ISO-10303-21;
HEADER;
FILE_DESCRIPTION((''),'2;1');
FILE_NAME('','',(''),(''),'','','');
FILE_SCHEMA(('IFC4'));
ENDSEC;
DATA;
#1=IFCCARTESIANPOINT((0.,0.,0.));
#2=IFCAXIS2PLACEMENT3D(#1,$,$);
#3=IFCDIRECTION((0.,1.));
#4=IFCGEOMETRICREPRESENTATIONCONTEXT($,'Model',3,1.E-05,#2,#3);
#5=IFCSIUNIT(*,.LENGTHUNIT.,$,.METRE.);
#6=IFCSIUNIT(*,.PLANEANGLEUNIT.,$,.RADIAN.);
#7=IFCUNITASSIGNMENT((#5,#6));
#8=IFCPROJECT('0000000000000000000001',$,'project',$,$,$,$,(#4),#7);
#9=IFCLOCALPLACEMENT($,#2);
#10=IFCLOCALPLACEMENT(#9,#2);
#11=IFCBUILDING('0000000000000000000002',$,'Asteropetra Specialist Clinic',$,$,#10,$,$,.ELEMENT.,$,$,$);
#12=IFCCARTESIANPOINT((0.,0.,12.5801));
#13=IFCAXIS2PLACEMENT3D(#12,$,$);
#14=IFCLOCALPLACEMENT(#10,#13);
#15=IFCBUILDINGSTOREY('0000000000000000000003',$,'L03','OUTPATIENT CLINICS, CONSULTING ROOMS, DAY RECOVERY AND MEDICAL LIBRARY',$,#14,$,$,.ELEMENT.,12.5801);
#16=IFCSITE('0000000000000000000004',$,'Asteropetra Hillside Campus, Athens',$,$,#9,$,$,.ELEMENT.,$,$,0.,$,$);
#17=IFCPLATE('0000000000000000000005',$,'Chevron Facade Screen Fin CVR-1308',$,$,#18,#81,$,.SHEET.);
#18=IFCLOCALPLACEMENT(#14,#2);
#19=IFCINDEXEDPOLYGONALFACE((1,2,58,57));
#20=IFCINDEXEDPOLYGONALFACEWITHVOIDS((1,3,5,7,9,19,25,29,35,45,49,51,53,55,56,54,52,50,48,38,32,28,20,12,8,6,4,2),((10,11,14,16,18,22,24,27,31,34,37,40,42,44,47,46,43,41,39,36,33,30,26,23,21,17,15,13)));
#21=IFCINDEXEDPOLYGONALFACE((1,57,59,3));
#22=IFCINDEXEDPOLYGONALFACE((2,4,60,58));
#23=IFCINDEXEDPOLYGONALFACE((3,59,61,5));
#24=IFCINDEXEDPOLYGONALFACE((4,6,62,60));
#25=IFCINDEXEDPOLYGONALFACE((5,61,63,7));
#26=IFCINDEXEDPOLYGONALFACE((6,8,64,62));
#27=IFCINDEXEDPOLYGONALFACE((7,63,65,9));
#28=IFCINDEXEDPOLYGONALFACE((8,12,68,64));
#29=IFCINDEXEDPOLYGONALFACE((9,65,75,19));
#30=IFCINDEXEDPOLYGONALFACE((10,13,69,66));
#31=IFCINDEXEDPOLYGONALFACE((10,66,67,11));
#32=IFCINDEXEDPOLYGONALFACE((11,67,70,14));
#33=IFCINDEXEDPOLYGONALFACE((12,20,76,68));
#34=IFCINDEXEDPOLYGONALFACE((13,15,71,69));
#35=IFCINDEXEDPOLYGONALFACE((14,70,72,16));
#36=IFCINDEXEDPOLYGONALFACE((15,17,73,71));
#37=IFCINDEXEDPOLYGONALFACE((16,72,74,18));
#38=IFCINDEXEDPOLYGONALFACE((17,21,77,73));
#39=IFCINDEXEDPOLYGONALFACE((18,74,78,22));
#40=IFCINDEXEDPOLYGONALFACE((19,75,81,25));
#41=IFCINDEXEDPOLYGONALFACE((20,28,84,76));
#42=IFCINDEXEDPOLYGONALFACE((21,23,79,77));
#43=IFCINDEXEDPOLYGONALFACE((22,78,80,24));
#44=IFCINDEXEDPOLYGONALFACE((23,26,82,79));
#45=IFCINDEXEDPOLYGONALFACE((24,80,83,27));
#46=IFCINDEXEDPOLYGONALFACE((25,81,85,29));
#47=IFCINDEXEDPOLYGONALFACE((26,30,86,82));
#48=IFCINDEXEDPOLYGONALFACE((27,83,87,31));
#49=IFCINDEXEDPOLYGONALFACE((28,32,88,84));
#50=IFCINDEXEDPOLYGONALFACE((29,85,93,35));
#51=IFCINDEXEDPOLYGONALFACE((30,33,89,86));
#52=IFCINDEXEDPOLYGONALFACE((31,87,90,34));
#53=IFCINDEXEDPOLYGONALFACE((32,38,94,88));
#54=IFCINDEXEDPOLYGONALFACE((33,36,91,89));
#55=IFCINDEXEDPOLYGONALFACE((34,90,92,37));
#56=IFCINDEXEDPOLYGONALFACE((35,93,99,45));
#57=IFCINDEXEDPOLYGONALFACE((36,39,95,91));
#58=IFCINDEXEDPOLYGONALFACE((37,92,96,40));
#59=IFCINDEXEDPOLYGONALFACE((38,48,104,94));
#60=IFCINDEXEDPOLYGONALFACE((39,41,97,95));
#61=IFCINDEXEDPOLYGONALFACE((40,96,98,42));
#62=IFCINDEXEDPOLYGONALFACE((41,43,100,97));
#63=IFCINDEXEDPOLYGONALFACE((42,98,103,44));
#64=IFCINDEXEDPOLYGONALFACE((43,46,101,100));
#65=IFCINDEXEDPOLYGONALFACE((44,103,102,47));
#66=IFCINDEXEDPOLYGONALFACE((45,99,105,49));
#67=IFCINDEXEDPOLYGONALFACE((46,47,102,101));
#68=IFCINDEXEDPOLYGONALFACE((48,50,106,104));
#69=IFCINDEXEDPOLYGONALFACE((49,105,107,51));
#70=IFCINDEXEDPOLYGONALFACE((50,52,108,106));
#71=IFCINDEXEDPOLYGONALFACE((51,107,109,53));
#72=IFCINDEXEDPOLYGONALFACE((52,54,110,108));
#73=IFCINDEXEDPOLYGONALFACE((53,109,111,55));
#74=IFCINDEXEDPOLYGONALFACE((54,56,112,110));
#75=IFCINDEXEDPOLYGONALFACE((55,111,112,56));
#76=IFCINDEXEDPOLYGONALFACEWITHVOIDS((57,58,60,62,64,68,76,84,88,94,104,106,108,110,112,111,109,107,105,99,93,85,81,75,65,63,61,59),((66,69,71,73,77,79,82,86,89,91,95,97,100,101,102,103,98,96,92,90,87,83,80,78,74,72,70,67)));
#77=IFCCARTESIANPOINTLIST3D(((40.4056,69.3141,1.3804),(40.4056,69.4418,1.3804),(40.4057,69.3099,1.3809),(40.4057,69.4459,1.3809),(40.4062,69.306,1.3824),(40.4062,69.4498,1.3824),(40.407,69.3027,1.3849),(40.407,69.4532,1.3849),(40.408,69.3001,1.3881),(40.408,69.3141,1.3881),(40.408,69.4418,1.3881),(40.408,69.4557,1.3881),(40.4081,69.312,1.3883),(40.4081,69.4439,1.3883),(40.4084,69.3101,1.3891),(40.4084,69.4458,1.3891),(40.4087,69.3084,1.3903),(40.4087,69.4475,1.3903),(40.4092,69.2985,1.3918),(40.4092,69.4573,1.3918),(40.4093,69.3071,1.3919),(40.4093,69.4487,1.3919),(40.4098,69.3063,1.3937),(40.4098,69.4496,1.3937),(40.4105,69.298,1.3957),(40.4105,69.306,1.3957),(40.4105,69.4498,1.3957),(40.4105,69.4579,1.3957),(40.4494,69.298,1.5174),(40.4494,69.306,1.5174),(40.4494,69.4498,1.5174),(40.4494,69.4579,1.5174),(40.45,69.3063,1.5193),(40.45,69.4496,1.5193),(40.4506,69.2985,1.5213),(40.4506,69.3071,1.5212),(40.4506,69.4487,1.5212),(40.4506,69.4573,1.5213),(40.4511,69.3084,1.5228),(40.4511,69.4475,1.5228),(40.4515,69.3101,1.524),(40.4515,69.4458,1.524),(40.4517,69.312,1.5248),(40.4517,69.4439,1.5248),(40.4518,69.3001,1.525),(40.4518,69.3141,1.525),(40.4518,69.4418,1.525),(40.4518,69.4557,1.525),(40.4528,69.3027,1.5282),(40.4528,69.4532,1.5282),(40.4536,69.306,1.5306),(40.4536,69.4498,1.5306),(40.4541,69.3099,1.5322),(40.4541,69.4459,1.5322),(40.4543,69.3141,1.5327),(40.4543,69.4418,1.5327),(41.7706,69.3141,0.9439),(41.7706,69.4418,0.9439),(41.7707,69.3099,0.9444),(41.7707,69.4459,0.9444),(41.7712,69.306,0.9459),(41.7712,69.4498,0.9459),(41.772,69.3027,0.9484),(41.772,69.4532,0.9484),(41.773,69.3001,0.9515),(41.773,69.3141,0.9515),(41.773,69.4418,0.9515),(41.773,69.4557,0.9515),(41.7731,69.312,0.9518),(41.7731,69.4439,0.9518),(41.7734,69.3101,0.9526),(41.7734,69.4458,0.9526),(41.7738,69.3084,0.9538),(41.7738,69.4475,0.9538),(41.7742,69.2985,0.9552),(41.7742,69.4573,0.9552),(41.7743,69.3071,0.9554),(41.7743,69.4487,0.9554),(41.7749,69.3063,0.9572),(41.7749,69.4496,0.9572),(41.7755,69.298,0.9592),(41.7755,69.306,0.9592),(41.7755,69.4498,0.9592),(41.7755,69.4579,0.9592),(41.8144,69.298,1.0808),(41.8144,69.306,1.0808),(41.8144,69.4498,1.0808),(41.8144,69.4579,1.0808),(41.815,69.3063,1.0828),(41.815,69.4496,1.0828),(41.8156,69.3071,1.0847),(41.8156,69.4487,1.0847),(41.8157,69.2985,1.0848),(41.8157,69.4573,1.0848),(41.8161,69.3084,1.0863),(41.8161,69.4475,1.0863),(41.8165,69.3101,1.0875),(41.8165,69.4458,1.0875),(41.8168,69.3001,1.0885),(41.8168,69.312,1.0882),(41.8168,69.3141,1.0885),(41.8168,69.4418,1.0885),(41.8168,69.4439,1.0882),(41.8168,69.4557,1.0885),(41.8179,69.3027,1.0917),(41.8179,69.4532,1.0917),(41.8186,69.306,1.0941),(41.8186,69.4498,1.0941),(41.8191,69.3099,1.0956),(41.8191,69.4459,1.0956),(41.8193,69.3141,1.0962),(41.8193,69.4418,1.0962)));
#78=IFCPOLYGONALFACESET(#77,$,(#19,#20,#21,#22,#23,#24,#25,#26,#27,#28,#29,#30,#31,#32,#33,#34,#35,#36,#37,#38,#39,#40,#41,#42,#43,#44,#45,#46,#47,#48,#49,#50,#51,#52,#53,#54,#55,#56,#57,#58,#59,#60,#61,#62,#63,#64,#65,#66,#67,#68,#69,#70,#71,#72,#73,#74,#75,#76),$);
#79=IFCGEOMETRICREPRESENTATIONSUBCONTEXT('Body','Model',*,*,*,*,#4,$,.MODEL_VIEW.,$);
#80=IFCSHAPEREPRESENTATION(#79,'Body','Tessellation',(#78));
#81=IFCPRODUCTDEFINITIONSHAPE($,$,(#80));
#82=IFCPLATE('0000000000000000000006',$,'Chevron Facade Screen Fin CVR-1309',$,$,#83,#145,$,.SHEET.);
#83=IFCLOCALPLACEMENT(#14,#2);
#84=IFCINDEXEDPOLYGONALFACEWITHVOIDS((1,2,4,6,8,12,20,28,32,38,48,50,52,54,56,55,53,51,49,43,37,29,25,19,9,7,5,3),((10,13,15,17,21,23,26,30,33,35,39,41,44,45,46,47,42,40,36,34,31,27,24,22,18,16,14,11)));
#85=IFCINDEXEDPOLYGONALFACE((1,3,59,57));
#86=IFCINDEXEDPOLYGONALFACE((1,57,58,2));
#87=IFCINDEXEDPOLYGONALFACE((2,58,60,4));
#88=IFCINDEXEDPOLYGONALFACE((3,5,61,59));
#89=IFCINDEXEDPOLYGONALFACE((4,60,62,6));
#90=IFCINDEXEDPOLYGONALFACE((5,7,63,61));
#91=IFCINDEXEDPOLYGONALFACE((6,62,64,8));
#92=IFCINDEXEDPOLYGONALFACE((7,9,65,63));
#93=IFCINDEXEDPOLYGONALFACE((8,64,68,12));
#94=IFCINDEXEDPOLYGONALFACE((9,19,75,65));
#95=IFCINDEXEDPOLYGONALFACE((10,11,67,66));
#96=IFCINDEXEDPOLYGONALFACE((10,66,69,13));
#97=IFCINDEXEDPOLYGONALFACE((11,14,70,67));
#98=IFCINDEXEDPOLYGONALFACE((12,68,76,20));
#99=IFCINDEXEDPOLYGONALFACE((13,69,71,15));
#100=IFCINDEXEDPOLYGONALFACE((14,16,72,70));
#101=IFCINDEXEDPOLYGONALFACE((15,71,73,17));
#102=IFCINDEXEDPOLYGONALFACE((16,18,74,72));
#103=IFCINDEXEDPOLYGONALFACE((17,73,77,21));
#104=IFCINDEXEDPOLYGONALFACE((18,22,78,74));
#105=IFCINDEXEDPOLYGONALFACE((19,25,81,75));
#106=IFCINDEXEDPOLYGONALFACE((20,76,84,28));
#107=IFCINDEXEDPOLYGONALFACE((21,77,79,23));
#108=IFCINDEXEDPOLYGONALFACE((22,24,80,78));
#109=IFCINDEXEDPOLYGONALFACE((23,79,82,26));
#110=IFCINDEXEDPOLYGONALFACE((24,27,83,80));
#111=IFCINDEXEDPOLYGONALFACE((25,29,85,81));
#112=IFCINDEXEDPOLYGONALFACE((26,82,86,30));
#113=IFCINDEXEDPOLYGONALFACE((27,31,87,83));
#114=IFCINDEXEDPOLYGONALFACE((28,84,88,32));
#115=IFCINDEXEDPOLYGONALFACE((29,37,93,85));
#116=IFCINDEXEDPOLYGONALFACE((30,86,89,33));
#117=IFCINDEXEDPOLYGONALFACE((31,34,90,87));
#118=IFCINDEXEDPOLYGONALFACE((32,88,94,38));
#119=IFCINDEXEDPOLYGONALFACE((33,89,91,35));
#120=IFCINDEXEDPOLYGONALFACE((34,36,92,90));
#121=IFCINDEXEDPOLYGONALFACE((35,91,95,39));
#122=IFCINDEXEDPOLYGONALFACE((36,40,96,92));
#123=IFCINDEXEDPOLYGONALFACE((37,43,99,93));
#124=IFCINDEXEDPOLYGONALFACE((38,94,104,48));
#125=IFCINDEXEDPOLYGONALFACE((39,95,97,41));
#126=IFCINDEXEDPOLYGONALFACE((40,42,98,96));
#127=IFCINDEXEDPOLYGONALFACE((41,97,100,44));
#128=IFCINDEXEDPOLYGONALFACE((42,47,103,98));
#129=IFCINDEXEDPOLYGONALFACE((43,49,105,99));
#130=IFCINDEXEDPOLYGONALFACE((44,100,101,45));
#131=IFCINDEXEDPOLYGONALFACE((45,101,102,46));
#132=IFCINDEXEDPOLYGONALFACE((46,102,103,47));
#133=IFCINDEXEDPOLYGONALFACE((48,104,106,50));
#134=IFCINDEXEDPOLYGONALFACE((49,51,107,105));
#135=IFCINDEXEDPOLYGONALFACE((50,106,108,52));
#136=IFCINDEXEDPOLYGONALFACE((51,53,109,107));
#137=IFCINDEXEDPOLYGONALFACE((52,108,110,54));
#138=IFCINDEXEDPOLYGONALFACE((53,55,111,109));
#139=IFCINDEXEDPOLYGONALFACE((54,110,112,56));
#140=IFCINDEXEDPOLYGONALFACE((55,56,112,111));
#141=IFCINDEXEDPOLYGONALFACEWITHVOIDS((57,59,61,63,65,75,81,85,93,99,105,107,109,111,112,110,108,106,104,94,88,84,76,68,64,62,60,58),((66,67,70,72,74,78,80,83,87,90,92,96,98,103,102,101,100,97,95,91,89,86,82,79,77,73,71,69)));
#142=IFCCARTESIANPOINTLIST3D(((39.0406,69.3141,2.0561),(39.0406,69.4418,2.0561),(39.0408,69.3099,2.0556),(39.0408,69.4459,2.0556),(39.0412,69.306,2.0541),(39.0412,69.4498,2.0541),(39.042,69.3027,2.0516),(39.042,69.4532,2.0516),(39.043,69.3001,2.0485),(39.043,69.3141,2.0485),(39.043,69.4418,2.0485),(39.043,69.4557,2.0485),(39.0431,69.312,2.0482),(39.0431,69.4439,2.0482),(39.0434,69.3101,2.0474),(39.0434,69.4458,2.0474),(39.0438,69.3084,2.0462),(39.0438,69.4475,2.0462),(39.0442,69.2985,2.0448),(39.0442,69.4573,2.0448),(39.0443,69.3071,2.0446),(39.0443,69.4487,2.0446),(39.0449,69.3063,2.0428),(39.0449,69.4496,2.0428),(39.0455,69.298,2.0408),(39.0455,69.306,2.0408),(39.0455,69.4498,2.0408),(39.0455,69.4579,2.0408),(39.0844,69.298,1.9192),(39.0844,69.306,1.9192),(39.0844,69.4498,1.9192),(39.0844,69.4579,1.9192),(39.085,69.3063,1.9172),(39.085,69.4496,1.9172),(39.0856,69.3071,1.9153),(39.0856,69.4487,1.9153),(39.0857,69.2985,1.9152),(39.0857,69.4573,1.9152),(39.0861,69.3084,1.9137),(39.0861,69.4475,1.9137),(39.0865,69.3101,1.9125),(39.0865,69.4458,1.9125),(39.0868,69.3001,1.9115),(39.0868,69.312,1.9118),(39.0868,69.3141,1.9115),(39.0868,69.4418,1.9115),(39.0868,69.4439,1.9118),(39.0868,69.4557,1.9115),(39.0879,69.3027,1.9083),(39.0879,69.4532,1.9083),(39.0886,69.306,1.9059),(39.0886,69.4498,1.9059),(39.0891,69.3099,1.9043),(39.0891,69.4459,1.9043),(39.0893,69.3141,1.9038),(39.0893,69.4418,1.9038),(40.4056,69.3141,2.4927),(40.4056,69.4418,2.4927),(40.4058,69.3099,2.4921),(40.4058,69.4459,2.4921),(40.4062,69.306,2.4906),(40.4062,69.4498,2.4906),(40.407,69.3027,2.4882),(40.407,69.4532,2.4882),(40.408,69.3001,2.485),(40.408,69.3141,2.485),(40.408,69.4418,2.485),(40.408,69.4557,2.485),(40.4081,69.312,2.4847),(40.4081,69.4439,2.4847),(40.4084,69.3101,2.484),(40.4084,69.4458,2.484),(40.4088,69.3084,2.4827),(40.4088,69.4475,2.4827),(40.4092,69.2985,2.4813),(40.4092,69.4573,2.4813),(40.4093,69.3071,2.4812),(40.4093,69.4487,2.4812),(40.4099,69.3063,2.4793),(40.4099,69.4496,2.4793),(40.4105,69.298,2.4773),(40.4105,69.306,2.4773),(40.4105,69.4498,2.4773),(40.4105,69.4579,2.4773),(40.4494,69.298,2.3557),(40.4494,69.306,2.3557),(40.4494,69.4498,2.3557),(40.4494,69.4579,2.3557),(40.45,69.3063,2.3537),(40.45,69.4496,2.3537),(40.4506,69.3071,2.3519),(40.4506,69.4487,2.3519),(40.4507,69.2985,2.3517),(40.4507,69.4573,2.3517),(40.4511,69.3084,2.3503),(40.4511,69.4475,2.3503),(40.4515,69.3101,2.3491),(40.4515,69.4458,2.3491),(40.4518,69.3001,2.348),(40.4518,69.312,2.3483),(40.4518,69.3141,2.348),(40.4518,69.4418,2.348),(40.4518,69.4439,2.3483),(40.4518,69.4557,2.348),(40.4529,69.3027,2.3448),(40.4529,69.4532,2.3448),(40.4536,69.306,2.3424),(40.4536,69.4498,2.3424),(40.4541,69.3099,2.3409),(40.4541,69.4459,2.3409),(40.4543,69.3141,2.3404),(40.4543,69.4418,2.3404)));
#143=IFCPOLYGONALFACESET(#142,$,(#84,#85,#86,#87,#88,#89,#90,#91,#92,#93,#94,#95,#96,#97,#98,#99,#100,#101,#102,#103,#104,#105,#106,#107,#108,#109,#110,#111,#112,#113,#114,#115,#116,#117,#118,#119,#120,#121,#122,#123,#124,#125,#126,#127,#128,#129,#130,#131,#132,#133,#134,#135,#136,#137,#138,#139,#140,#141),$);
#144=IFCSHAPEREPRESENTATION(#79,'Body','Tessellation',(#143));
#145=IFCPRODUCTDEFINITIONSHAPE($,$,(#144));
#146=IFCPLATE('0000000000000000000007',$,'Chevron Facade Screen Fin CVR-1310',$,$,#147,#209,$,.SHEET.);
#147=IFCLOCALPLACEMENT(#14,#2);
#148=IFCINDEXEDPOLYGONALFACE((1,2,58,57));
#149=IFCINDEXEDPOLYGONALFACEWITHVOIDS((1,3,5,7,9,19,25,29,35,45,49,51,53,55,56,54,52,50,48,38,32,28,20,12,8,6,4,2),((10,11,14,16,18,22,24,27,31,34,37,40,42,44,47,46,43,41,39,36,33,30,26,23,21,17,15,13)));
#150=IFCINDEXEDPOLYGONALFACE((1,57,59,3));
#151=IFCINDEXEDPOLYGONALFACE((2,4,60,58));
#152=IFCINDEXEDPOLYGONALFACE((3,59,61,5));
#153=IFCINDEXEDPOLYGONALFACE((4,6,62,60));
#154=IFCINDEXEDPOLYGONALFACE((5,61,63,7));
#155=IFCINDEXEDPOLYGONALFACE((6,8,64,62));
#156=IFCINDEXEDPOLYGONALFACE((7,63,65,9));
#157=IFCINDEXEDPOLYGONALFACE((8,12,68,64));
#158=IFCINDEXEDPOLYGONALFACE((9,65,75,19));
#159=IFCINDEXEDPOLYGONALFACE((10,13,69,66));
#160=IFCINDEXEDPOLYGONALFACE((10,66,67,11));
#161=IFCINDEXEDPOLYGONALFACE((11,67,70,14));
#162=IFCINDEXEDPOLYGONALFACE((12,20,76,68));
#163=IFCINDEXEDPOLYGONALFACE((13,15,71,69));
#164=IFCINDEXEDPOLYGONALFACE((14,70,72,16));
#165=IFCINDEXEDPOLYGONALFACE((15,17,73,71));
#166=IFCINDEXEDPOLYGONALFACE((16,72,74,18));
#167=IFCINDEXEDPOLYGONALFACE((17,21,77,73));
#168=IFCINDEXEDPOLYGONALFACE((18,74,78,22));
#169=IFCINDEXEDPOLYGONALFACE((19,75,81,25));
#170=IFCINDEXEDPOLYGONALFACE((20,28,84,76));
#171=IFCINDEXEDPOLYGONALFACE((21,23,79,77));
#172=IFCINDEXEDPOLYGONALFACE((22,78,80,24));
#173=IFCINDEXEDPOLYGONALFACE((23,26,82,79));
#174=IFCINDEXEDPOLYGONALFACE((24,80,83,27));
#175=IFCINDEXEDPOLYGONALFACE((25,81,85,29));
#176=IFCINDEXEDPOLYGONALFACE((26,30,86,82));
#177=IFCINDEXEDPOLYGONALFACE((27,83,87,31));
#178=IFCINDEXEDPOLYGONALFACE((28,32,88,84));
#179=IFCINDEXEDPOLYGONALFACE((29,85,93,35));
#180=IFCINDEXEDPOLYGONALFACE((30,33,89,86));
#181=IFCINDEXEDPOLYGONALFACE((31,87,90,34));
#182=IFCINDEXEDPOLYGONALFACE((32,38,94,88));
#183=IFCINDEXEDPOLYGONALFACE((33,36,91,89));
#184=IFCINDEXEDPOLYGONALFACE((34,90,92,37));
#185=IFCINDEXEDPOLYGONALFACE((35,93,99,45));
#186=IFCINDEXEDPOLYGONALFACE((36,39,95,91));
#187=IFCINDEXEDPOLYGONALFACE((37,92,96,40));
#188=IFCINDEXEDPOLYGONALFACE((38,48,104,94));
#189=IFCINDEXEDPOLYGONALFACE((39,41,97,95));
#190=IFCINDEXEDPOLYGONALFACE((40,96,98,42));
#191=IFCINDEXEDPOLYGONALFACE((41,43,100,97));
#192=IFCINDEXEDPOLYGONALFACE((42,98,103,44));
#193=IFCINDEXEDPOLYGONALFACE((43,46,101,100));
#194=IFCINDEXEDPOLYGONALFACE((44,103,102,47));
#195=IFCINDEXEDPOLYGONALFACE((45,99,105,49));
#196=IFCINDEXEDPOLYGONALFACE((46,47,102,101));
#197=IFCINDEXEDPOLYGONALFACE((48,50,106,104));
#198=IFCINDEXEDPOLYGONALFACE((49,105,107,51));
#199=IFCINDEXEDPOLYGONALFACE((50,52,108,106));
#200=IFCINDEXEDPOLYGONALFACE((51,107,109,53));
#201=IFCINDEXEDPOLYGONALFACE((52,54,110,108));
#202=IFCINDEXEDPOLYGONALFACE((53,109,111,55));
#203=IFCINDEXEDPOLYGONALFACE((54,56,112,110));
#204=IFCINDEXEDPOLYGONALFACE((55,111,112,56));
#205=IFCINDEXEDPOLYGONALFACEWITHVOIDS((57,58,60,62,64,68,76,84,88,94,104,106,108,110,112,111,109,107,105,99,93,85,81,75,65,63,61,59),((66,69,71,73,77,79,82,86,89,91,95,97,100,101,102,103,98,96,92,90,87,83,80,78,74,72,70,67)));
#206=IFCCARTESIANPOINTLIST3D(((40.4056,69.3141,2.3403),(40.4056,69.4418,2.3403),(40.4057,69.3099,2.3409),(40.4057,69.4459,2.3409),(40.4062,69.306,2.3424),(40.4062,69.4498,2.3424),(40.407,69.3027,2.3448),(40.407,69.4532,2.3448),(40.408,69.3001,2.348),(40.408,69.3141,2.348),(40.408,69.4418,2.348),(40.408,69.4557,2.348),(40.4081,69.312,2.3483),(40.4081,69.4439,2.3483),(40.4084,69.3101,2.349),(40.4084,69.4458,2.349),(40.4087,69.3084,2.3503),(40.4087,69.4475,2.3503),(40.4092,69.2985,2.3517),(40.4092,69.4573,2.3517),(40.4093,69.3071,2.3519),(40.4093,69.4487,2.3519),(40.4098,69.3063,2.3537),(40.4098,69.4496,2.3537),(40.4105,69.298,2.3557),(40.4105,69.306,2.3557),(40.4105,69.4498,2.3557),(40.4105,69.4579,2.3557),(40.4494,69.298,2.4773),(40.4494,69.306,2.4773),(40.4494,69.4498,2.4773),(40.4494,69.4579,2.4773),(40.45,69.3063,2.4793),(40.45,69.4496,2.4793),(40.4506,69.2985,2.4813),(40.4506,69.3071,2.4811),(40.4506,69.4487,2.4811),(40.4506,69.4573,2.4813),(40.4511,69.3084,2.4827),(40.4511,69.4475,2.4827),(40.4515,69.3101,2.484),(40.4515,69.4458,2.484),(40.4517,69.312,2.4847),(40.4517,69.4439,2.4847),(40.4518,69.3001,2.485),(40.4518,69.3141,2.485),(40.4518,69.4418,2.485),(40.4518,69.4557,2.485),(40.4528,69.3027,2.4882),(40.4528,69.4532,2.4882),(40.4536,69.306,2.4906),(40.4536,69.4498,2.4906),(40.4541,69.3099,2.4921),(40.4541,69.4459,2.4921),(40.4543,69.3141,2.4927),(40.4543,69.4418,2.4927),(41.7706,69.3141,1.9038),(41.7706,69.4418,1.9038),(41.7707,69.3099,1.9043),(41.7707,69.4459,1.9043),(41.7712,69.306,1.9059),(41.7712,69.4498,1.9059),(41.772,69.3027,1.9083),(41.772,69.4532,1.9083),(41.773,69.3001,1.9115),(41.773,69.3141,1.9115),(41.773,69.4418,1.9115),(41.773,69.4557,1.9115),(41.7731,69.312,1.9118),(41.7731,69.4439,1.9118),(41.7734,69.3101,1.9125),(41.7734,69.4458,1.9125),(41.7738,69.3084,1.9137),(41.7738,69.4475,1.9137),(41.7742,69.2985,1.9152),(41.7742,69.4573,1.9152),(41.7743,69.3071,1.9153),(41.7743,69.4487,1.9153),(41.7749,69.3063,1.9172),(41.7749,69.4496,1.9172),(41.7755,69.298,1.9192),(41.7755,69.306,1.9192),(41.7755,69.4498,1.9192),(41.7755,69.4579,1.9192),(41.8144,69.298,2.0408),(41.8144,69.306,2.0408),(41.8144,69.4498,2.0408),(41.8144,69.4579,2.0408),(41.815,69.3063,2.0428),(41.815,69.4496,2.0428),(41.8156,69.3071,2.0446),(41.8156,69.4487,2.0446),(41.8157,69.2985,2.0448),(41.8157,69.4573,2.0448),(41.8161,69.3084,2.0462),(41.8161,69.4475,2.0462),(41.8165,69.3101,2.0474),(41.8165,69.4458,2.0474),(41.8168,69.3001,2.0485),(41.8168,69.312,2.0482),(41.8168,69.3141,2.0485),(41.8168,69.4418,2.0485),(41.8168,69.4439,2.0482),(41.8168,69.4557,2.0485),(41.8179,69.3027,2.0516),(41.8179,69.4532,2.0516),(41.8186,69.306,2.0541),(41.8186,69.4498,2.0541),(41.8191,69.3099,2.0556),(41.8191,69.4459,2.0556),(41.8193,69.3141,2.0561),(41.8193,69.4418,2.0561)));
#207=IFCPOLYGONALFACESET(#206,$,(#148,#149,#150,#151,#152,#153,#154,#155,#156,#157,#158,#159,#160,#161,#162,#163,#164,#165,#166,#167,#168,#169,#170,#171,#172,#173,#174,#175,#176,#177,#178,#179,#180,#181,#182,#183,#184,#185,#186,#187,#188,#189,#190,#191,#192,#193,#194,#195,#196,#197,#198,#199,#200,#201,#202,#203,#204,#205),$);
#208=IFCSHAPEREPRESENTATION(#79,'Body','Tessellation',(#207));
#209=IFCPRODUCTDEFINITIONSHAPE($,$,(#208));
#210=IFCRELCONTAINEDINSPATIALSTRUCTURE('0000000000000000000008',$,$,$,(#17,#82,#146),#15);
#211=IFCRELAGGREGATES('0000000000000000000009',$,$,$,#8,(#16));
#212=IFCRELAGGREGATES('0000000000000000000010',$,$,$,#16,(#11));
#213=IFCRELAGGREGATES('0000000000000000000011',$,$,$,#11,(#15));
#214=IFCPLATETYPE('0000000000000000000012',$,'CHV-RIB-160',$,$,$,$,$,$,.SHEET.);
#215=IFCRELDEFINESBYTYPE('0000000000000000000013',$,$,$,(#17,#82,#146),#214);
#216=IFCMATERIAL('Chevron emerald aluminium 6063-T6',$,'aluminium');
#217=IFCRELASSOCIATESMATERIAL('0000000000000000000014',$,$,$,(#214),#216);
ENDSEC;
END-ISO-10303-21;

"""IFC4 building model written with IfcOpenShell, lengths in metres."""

from ifc_helpers import new_model, si_unit, direction, frame, origin, origin_2d, place, context, subcontext, project, spatial, hollow_rectangle, extrude, material, material_profile, profile_set, type_object, element, save


model = new_model("IFC4")

# Units and contexts
model_context = context("Model", 3, precision=1e-05, world=origin(), true_north=direction((0.0, 1.0)))
body_context = subcontext(model_context, "Body", "Model", "MODEL_VIEW")
ifc_project = project(units=[si_unit("LENGTHUNIT", "METRE"), si_unit("PLANEANGLEUNIT", "RADIAN")], contexts=[model_context])

# Site, building, storey
site_placement = place(None, origin())
site = spatial("IfcSite", under=ifc_project, at=site_placement, Name="Asteropetra Hillside Campus, Athens", CompositionType="ELEMENT", RefElevation=0.0)
building_placement = place(site_placement, origin())
building = spatial("IfcBuilding", under=site, at=building_placement, Name="Asteropetra Specialist Clinic", CompositionType="ELEMENT")
storey_placement = place(building_placement, frame((0.0, 0.0, 12.5801)))
storey = spatial("IfcBuildingStorey", under=building, at=storey_placement, Name="L03", Description="OUTPATIENT CLINICS, CONSULTING ROOMS, DAY RECOVERY AND MEDICAL LIBRARY", CompositionType="ELEMENT", Elevation=12.5801)

# Plates
ifc_material_1 = material(Name="Chevron emerald aluminium 6063-T6", Category="aluminium")
ifc_material_profile = material_profile(ifc_material_1, hollow_rectangle(XDim=0.1599, YDim=0.1599, WallThickness=0.0081, InnerFilletRadius=0.0081, OuterFilletRadius=0.0161, at=origin_2d()), Name="SHS 160x160x8.0")
ifc_profile_set = profile_set([ifc_material_profile], Name="Chevron emerald aluminium 6063-T6")
plate_type_1 = type_object("IfcPlateType", Name="CHV-RIB-160", PredefinedType="SHEET", material=ifc_profile_set)
for number, where, z_axis, x_axis, name in (
    (1, (40.4299, 69.3779, 1.4565), (0.95248, 0.0, -0.304603), (0.0, 1.0, 0.0), "Chevron Facade Screen Fin CVR-1308"),
    (2, (39.0649, 69.3779, 1.98), (0.95248, 0.0, 0.304603), (0.0, 1.0, 0.0), "Chevron Facade Screen Fin CVR-1309"),
    (3, (40.4299, 69.3779, 2.4165), (0.95248, 0.0, -0.304603), (0.0, 1.0, 0.0), "Chevron Facade Screen Fin CVR-1310"),
):
    element("IfcPlate", number, at=place(storey_placement, frame(where, z_axis=z_axis, x_axis=x_axis)), inside=storey, type_object=plate_type_1, Name=name, PredefinedType="SHEET", context=body_context, shape_type="SweptSolid", body=[
        extrude(hollow_rectangle(XDim=0.1599, YDim=0.1599, WallThickness=0.0081, InnerFilletRadius=0.0081, OuterFilletRadius=0.0161, at=origin_2d()), origin(), (0.0, 0.0, 1.0), 1.4331),
    ])

save(model, "model.ifc")
